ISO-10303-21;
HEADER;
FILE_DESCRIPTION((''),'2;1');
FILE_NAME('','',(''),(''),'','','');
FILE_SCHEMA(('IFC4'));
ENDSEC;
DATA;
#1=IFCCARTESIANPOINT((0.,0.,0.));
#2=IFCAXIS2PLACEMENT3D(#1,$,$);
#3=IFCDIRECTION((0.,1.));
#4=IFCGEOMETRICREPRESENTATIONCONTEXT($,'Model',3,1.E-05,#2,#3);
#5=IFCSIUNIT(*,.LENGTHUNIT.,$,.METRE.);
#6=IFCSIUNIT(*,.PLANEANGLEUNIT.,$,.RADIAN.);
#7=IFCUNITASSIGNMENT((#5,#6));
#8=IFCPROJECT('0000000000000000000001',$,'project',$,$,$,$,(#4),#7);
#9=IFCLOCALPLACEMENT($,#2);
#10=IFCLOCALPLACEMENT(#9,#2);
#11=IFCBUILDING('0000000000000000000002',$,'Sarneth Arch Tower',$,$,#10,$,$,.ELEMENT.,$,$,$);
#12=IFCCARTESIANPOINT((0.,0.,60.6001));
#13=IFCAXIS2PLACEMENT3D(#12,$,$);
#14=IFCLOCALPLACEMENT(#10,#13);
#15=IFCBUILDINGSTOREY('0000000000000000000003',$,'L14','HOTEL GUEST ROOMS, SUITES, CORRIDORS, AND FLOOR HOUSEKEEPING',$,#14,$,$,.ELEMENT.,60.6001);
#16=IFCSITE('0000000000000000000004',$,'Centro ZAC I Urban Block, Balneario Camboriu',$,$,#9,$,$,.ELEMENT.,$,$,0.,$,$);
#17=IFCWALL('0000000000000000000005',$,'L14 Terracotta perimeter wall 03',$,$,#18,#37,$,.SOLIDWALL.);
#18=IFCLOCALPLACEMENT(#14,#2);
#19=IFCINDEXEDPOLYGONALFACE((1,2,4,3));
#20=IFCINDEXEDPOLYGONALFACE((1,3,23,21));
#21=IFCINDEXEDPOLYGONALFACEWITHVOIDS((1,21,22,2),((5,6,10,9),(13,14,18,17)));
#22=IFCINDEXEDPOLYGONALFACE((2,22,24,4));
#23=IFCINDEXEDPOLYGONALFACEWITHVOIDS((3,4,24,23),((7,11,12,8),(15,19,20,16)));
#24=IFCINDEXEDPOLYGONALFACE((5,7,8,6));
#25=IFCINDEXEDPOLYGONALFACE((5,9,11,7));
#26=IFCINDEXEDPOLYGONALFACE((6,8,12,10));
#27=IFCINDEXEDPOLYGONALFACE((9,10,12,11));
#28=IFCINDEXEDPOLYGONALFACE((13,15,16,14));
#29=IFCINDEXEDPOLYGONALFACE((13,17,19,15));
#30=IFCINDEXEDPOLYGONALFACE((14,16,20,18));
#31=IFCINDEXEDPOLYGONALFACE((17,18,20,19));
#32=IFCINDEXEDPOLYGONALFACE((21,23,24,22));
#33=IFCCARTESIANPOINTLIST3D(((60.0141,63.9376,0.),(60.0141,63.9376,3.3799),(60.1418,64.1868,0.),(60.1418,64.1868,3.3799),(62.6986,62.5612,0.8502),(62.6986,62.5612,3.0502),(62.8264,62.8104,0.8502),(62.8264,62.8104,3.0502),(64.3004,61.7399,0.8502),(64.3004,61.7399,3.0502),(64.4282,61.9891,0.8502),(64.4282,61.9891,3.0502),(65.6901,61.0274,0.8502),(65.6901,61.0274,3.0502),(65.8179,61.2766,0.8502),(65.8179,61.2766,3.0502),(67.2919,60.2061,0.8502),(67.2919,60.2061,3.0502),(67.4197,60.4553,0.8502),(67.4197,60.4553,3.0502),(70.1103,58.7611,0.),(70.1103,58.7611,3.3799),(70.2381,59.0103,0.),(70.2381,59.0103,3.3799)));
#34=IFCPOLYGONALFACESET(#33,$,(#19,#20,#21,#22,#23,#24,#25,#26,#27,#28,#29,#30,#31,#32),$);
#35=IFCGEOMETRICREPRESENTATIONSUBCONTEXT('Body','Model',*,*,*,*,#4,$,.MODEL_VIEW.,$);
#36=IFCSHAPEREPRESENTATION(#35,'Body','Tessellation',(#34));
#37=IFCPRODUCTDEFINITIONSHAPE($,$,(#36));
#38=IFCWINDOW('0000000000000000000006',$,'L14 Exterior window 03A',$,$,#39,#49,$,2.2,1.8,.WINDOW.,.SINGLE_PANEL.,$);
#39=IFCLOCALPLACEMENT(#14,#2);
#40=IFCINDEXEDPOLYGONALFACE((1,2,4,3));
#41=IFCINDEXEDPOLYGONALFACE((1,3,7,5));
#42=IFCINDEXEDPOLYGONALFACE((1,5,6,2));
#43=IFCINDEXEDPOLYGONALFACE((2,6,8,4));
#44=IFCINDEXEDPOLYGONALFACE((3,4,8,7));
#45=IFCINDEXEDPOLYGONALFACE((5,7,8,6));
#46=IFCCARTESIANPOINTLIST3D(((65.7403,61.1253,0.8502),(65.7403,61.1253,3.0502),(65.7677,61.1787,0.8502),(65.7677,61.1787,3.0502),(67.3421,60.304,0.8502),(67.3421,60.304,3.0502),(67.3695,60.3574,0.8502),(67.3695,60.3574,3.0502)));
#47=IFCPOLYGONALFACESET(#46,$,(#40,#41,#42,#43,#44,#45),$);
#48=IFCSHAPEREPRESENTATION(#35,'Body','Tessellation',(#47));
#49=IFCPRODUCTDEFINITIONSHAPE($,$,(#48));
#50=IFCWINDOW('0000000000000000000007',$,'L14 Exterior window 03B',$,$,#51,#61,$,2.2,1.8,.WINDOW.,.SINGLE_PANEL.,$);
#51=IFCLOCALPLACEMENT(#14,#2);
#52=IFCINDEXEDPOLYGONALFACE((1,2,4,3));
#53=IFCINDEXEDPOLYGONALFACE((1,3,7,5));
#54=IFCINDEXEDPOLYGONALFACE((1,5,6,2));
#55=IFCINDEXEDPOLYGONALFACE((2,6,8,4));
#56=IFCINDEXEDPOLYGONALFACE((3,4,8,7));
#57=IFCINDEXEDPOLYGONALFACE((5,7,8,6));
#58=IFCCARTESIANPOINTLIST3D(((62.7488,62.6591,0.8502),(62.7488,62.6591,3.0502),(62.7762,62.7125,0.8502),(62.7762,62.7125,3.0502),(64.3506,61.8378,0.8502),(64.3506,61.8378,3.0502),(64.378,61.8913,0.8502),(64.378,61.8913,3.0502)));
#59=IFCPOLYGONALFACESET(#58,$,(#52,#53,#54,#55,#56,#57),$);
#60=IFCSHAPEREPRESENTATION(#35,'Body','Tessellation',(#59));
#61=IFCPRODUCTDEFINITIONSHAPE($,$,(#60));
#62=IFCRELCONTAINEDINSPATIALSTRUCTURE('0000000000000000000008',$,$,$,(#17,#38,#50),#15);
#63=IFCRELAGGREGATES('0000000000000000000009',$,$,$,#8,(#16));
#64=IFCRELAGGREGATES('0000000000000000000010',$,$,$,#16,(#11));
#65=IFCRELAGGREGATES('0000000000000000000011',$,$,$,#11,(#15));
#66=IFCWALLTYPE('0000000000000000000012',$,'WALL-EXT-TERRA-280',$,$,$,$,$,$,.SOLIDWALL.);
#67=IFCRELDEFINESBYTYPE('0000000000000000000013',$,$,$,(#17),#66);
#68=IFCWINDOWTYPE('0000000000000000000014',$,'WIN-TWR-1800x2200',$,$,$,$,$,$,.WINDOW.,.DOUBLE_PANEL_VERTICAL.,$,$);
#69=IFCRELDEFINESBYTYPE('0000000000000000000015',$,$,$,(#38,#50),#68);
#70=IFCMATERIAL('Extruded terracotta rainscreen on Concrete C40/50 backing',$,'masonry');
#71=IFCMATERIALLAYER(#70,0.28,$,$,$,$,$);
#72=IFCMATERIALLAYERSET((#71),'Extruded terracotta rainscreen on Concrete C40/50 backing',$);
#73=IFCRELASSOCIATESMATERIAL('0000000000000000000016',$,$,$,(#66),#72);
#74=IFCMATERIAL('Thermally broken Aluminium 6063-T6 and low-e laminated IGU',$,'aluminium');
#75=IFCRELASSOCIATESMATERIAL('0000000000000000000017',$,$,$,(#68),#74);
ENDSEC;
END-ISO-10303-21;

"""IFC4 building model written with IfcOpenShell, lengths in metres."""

from ifc_helpers import new_model, si_unit, direction, frame, frame_2d, origin, place, context, subcontext, project, spatial, rectangle, extrude, material, layer, layer_set, type_object, element, fill, save


model = new_model("IFC4")

# Units and contexts
model_context = context("Model", 3, precision=1e-05, world=origin(), true_north=direction((0.0, 1.0)))
body_context = subcontext(model_context, "Body", "Model", "MODEL_VIEW")
ifc_project = project(units=[si_unit("LENGTHUNIT", "METRE"), si_unit("PLANEANGLEUNIT", "RADIAN")], contexts=[model_context])

# Site, building, storey
site_placement = place(None, origin())
site = spatial("IfcSite", under=ifc_project, at=site_placement, Name="Centro ZAC I Urban Block, Balneario Camboriu", CompositionType="ELEMENT", RefElevation=0.0)
building_placement = place(site_placement, origin())
building = spatial("IfcBuilding", under=site, at=building_placement, Name="Sarneth Arch Tower", CompositionType="ELEMENT")
storey_placement = place(building_placement, frame((0.0, 0.0, 60.6001)))
storey = spatial("IfcBuildingStorey", under=building, at=storey_placement, Name="L14", Description="HOTEL GUEST ROOMS, SUITES, CORRIDORS, AND FLOOR HOUSEKEEPING", CompositionType="ELEMENT", Elevation=60.6001)

# Wall, openings, windows
ifc_material_1 = material(Name="Extruded terracotta rainscreen on Concrete C40/50 backing", Category="masonry")
ifc_layer_1 = layer(ifc_material_1, 0.28)
ifc_layer_set_1 = layer_set([ifc_layer_1], Name="Extruded terracotta rainscreen on Concrete C40/50 backing")
wall_type = type_object("IfcWallType", Name="WALL-EXT-TERRA-280", PredefinedType="SOLIDWALL", material=ifc_layer_set_1)
wall_placement = place(storey_placement, frame((70.1741, 58.8857, 0.0), z_axis=(0.0, 0.0, 1.0), x_axis=(-0.889854, 0.456245, 0.0)))
wall = element("IfcWall", 1, at=wall_placement, inside=storey, type_object=wall_type, Name="L14 Terracotta perimeter wall 03", PredefinedType="SOLIDWALL", context=body_context, shape_type="SweptSolid", body=[
    extrude(rectangle(XDim=11.3459, YDim=0.28, at=frame_2d((5.6729, 0.0))), origin(), (0.0, 0.0, 1.0), 3.3799),
])
opening_1_placement = place(wall_placement, frame((3.1672, 0.0, 0.8501)))
opening_1 = element("IfcOpeningElement", 2, at=opening_1_placement, cuts=wall, PredefinedType="OPENING", context=body_context, shape_type="SweptSolid", body=[
    extrude(rectangle(XDim=1.8, YDim=2.2, at=frame_2d((0.8999, 1.1001))), frame((0.0, 0.1499, 0.0), z_axis=(0.0, -1.0, 0.0), x_axis=(1.0, 0.0, 0.0)), (0.0, 0.0, 1.0), 0.3),
])
opening_2_placement = place(wall_placement, frame((6.5291, 0.0, 0.8501)))
opening_2 = element("IfcOpeningElement", 3, at=opening_2_placement, cuts=wall, PredefinedType="OPENING", context=body_context, shape_type="SweptSolid", body=[
    extrude(rectangle(XDim=1.8, YDim=2.2, at=frame_2d((0.8999, 1.1001))), frame((0.0, 0.1499, 0.0), z_axis=(0.0, -1.0, 0.0), x_axis=(1.0, 0.0, 0.0)), (0.0, 0.0, 1.0), 0.3),
])
ifc_material_2 = material(Name="Thermally broken Aluminium 6063-T6 and low-e laminated IGU", Category="aluminium")
window_type = type_object("IfcWindowType", Name="WIN-TWR-1800x2200", PartitioningType="DOUBLE_PANEL_VERTICAL", PredefinedType="WINDOW", material=ifc_material_2)
window_1_placement = place(opening_1_placement, origin())
window_1 = element("IfcWindow", 4, at=window_1_placement, inside=storey, type_object=window_type, Name="L14 Exterior window 03A", OverallHeight=2.2, OverallWidth=1.8, PartitioningType="SINGLE_PANEL", PredefinedType="WINDOW", context=body_context, shape_type="SweptSolid", body=[
    extrude(rectangle(XDim=1.8, YDim=2.2, at=frame_2d((0.8999, 1.1001))), frame((0.0, 0.03, 0.0), z_axis=(0.0, -1.0, 0.0), x_axis=(1.0, 0.0, 0.0)), (0.0, 0.0, 1.0), 0.0601),
])
fill(opening_1, window_1)
window_2_placement = place(opening_2_placement, origin())
window_2 = element("IfcWindow", 5, at=window_2_placement, inside=storey, type_object=window_type, Name="L14 Exterior window 03B", OverallHeight=2.2, OverallWidth=1.8, PartitioningType="SINGLE_PANEL", PredefinedType="WINDOW", context=body_context, shape_type="SweptSolid", body=[
    extrude(rectangle(XDim=1.8, YDim=2.2, at=frame_2d((0.8999, 1.1001))), frame((0.0, 0.03, 0.0), z_axis=(0.0, -1.0, 0.0), x_axis=(1.0, 0.0, 0.0)), (0.0, 0.0, 1.0), 0.0601),
])
fill(opening_2, window_2)

save(model, "model.ifc")
